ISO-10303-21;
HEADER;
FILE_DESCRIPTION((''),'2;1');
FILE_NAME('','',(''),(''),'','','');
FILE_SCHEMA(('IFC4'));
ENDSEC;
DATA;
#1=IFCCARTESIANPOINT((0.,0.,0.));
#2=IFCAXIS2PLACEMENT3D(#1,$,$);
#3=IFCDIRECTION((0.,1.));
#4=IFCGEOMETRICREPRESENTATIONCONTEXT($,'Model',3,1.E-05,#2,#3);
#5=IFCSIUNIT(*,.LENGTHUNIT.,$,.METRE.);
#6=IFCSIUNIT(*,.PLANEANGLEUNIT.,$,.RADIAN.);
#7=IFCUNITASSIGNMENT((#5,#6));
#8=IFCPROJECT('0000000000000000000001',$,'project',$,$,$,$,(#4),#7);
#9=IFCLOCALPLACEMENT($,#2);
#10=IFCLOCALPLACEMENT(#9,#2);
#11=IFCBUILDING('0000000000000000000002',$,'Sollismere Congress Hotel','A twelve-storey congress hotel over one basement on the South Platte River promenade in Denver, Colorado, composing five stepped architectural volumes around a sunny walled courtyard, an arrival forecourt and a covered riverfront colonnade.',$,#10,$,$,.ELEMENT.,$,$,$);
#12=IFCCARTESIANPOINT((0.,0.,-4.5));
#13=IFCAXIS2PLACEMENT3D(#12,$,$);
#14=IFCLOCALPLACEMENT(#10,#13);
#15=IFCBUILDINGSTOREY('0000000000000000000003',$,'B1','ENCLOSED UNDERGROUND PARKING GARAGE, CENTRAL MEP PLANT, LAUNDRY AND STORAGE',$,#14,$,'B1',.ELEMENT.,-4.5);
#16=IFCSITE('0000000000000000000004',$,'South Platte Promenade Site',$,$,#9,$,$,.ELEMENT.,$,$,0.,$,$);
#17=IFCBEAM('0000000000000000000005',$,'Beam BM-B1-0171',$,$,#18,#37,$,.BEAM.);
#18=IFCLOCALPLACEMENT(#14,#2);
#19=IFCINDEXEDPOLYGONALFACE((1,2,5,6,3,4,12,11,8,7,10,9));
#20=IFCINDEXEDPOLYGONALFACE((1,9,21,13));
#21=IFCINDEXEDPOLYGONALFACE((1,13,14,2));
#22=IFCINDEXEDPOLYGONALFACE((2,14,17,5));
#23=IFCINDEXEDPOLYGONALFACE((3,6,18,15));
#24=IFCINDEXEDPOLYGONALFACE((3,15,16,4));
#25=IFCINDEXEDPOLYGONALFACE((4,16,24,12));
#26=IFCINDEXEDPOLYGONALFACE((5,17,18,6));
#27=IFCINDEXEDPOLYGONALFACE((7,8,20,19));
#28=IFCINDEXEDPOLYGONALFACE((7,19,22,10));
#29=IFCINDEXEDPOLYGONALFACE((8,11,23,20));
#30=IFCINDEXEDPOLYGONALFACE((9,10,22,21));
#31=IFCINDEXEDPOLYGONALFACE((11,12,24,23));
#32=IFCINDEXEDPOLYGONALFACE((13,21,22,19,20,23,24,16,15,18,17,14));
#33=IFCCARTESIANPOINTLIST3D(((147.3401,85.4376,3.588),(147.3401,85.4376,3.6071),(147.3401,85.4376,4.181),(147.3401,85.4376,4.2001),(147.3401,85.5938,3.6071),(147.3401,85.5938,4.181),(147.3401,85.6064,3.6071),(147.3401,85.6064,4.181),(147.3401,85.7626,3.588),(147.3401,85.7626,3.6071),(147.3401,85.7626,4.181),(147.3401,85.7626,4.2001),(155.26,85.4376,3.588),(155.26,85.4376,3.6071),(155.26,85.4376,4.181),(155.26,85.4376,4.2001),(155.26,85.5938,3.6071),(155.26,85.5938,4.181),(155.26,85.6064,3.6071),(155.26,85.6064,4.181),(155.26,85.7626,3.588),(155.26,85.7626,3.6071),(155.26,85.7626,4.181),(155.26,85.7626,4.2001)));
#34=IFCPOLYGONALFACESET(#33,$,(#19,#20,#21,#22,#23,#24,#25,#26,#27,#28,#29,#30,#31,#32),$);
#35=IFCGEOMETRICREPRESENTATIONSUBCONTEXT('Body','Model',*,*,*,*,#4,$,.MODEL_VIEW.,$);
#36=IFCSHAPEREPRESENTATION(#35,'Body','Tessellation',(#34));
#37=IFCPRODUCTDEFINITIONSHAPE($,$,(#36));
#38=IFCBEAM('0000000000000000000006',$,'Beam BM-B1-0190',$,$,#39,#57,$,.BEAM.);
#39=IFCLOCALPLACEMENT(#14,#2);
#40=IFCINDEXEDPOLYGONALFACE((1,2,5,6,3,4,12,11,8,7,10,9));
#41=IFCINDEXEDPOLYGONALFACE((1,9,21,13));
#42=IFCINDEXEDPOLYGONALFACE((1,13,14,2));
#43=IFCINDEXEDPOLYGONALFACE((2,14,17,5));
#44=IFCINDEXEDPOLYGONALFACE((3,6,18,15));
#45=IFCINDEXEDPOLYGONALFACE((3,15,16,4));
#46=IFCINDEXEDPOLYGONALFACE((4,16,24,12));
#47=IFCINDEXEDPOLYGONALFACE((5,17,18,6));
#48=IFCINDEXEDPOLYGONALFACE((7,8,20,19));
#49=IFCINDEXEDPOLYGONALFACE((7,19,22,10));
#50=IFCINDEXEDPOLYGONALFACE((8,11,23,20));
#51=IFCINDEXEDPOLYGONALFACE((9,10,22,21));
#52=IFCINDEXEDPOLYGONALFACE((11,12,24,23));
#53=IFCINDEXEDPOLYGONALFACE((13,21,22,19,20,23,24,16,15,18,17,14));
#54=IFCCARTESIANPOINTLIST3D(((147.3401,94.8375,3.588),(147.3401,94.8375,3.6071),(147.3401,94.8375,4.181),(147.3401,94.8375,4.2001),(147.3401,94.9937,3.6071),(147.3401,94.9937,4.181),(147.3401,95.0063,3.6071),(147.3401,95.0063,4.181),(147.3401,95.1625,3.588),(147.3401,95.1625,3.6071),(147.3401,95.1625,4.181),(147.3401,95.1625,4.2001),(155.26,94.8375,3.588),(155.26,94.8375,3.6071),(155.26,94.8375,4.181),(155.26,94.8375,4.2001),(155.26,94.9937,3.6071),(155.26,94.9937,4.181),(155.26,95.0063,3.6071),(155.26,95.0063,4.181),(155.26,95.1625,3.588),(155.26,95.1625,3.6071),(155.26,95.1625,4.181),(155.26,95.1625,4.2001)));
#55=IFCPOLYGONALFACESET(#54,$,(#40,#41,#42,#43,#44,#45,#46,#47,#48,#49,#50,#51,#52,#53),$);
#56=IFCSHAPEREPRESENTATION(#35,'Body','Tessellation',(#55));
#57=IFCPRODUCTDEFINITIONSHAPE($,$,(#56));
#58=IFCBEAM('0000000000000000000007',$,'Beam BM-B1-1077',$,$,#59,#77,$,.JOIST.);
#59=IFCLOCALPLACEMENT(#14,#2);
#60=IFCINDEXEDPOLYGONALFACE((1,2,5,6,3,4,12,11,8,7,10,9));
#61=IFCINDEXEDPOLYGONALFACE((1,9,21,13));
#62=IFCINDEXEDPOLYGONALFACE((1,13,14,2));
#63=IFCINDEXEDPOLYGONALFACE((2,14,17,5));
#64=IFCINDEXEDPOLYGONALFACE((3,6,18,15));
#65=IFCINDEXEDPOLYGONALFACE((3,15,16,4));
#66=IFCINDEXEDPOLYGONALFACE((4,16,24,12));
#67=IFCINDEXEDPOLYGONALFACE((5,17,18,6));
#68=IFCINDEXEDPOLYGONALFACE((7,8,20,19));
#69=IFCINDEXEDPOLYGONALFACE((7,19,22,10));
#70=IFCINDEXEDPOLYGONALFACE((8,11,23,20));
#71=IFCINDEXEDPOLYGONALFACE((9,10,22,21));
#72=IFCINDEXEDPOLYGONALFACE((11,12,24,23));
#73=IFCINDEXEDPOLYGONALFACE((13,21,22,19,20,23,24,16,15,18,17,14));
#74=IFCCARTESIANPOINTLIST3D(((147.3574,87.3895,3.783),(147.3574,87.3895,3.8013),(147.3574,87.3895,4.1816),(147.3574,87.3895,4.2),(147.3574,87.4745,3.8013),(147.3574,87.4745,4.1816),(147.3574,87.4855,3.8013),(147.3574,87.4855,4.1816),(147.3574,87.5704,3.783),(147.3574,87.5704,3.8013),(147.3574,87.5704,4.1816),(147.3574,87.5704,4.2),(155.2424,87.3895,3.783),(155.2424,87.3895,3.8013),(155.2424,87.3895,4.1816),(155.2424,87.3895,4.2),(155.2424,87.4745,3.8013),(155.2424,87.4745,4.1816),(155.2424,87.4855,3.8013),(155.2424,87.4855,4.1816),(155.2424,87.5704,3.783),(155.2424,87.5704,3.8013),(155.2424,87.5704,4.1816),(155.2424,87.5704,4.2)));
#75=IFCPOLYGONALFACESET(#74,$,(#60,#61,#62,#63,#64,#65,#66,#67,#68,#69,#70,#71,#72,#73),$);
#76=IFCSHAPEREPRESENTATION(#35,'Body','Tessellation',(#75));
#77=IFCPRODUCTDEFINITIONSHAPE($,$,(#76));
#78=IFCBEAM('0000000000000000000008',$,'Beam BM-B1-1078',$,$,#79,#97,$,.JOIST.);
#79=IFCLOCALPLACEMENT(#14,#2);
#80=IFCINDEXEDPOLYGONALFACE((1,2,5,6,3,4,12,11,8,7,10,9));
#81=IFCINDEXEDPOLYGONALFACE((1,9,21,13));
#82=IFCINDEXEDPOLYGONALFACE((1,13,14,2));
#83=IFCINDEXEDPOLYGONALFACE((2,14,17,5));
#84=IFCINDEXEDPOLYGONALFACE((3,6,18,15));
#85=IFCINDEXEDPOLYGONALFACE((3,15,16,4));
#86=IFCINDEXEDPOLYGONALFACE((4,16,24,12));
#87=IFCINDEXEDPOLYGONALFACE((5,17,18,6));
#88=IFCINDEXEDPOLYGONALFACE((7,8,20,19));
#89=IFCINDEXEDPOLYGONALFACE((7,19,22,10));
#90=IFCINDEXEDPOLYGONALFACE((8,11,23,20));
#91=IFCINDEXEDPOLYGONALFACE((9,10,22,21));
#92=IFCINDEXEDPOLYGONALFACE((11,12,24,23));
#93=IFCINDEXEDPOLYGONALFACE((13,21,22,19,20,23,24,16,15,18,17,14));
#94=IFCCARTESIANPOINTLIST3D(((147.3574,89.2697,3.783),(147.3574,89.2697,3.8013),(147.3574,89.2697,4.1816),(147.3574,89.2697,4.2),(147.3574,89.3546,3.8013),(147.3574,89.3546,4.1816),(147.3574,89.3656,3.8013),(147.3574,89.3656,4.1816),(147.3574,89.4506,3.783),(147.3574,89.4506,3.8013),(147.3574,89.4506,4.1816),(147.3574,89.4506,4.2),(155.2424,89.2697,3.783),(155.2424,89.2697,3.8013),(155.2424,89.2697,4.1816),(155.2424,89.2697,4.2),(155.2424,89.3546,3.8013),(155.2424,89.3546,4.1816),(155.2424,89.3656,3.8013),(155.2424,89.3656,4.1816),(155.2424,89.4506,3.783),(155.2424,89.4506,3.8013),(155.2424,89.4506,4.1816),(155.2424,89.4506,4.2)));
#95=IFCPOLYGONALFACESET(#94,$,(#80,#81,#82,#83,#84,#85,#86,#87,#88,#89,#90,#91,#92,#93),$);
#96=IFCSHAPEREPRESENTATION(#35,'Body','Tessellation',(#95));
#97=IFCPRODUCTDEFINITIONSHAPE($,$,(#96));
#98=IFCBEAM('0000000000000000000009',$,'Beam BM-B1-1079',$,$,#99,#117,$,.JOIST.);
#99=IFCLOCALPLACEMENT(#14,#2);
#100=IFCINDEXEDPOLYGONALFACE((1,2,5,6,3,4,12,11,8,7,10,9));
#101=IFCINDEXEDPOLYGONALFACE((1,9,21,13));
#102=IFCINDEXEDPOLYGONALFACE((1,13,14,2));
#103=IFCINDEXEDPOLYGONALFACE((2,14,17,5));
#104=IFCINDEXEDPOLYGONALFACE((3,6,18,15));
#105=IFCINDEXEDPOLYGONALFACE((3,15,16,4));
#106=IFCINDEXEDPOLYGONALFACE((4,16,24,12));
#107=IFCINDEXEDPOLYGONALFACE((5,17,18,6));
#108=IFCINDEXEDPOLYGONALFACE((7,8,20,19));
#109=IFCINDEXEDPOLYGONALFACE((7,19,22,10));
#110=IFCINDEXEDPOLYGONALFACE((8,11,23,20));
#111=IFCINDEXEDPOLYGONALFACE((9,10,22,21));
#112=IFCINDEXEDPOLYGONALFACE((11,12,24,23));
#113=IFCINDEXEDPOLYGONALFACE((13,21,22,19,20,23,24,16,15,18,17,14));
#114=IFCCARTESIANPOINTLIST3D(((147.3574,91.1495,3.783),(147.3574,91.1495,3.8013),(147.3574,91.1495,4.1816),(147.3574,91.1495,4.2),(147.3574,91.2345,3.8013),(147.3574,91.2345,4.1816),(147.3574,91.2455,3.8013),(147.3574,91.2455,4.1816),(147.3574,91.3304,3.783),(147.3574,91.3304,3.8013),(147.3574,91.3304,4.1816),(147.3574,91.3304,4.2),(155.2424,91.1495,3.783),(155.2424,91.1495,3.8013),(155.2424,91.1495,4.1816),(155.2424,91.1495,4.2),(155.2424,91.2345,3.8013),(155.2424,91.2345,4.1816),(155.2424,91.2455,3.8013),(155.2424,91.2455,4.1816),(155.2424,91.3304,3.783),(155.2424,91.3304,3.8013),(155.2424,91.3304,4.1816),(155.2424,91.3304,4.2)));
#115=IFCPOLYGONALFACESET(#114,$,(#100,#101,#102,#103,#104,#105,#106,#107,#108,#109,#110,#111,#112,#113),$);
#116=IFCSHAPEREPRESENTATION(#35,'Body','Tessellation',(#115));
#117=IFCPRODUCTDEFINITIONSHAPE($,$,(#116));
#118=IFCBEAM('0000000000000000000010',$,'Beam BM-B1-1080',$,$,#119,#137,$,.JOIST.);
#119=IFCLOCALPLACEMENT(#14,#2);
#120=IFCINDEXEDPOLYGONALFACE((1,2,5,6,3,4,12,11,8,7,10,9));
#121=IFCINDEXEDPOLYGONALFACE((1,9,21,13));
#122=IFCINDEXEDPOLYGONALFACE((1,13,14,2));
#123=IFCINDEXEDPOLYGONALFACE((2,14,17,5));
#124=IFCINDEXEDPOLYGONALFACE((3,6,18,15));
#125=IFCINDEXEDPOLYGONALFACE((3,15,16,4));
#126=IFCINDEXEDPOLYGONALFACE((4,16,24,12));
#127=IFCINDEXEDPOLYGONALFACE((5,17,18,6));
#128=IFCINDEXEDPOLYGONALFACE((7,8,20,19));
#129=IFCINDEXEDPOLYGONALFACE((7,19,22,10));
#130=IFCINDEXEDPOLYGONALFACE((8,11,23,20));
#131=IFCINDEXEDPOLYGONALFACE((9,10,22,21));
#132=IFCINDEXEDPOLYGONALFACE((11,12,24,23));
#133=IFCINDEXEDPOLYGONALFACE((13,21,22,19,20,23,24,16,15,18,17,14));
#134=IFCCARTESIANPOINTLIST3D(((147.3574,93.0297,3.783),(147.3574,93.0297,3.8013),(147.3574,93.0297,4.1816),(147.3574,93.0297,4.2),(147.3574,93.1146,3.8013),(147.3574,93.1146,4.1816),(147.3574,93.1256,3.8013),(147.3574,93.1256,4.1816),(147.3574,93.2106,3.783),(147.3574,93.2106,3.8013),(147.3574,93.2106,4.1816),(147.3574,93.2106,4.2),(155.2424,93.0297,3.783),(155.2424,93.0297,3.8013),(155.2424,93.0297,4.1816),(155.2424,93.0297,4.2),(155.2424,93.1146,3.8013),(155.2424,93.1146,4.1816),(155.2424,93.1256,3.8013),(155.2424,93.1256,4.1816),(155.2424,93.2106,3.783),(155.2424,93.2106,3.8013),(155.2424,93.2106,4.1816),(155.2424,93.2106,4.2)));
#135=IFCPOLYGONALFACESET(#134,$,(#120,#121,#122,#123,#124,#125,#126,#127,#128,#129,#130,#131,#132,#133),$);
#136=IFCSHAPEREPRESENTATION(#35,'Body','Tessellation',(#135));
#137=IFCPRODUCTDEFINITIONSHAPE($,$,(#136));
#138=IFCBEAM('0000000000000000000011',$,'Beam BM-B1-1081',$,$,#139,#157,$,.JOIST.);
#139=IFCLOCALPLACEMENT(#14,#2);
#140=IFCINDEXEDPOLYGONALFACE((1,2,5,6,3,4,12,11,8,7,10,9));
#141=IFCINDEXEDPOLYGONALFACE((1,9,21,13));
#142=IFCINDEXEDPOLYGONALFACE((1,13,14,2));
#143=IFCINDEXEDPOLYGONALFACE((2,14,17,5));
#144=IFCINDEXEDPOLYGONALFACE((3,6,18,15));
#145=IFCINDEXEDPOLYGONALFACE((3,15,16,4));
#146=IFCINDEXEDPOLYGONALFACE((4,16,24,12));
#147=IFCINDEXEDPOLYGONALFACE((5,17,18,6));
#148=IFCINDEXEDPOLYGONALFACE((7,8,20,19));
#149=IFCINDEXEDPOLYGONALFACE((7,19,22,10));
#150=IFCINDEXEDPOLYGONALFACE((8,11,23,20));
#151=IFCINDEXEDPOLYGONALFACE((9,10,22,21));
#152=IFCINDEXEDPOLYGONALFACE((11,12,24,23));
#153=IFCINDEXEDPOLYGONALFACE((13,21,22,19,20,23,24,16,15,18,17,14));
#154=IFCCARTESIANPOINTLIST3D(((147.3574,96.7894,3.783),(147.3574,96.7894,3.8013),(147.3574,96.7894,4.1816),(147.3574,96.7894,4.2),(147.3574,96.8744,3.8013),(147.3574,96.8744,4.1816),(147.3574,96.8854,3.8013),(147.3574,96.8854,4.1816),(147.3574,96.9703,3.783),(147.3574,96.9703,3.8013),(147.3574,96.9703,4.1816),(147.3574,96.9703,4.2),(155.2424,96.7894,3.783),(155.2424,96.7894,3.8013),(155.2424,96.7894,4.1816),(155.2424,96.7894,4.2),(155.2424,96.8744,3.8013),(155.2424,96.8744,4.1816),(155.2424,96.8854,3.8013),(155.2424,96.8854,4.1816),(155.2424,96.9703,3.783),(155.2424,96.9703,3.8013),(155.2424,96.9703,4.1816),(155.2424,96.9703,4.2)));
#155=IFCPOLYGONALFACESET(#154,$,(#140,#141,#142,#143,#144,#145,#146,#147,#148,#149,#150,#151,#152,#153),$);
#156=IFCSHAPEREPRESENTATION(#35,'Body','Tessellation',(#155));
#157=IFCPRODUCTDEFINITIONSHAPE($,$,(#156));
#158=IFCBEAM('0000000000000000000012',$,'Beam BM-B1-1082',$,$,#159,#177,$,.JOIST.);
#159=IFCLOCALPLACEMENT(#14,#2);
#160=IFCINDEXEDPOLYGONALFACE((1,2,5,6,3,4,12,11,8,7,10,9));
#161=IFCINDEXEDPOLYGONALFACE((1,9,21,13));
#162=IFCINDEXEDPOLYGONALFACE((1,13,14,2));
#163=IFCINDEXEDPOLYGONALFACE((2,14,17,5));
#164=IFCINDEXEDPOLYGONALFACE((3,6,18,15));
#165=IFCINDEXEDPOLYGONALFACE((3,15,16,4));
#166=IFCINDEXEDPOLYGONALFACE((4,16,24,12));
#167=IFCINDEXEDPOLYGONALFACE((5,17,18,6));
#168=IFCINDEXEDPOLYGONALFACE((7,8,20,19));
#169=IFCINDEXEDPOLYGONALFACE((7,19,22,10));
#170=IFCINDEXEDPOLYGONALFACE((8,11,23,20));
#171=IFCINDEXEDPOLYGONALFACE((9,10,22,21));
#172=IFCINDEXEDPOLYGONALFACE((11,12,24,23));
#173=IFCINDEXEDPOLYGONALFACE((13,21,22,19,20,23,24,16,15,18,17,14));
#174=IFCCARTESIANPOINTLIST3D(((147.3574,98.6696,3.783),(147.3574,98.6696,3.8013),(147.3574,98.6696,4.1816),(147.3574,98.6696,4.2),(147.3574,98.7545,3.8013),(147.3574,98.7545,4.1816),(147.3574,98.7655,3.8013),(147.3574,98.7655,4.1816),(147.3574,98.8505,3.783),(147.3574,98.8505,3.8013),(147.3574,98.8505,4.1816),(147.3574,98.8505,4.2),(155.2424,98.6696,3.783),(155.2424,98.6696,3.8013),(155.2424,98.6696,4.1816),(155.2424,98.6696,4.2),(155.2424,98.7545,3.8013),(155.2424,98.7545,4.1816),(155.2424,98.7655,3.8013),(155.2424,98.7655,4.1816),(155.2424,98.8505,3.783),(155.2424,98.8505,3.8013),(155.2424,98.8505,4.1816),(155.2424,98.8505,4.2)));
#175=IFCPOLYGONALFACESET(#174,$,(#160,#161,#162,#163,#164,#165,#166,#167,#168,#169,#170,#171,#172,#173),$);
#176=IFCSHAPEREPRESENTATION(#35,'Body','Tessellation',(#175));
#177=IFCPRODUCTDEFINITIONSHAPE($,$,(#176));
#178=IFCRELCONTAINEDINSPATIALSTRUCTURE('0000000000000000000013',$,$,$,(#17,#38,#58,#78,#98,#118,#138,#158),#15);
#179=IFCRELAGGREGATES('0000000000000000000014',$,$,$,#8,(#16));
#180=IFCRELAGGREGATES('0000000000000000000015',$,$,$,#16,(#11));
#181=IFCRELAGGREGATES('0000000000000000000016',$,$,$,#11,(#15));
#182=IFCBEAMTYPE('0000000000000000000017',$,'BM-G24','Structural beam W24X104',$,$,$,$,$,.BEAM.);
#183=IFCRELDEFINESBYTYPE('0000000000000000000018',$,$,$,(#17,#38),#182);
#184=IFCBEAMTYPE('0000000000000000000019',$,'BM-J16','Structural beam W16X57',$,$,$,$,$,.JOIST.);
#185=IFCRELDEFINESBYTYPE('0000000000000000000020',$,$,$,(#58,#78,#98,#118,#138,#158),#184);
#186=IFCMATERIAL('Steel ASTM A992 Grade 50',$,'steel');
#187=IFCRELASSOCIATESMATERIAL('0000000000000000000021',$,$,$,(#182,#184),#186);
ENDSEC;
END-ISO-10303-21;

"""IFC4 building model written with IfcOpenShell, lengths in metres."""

from ifc_helpers import new_model, si_unit, direction, frame, origin, origin_2d, place, context, subcontext, project, spatial, i_section, extrude, material, material_profile, profile_set, type_object, element, save


model = new_model("IFC4")

# Units and contexts
model_context = context("Model", 3, precision=1e-05, world=origin(), true_north=direction((0.0, 1.0)))
body_context = subcontext(model_context, "Body", "Model", "MODEL_VIEW")
ifc_project = project(units=[si_unit("LENGTHUNIT", "METRE"), si_unit("PLANEANGLEUNIT", "RADIAN")], contexts=[model_context])

# Site, building, storey
site_placement = place(None, origin())
site = spatial("IfcSite", under=ifc_project, at=site_placement, Name="South Platte Promenade Site", CompositionType="ELEMENT", RefElevation=0.0)
building_placement = place(site_placement, origin())
building = spatial("IfcBuilding", under=site, at=building_placement, Name="Sollismere Congress Hotel", Description="A twelve-storey congress hotel over one basement on the South Platte River promenade in Denver, Colorado, composing five stepped architectural volumes around a sunny walled courtyard, an arrival forecourt and a covered riverfront colonnade.", CompositionType="ELEMENT")
storey_placement = place(building_placement, frame((0.0, 0.0, -4.5)))
storey = spatial("IfcBuildingStorey", under=building, at=storey_placement, Name="B1", Description="ENCLOSED UNDERGROUND PARKING GARAGE, CENTRAL MEP PLANT, LAUNDRY AND STORAGE", LongName="B1", CompositionType="ELEMENT", Elevation=-4.5)

# Beams
ifc_material_1 = material(Name="Steel ASTM A992 Grade 50", Category="steel")
ifc_material_profile_1 = material_profile(ifc_material_1, i_section(OverallWidth=0.325, OverallDepth=0.6121, WebThickness=0.0127, FlangeThickness=0.019, at=origin_2d()), Name="W24X104")
ifc_profile_set_1 = profile_set([ifc_material_profile_1], Name="Steel ASTM A992 Grade 50")
beam_type_1 = type_object("IfcBeamType", Name="BM-G24", Description="Structural beam W24X104", PredefinedType="BEAM", material=ifc_profile_set_1)
for number, where, z_axis, x_axis, name in (
    (1, (147.3401, 85.6001, 3.894), (1.0, 0.0, 0.0), (0.0, 1.0, 0.0), "Beam BM-B1-0171"),
    (2, (147.3401, 95.0, 3.894), (1.0, 0.0, 0.0), (0.0, 1.0, 0.0), "Beam BM-B1-0190"),
):
    element("IfcBeam", number, at=place(storey_placement, frame(where, z_axis=z_axis, x_axis=x_axis)), inside=storey, type_object=beam_type_1, Name=name, PredefinedType="BEAM", context=body_context, shape_type="SweptSolid", body=[
        extrude(i_section(OverallWidth=0.325, OverallDepth=0.6121, WebThickness=0.0127, FlangeThickness=0.019, at=origin_2d()), origin(), (0.0, 0.0, 1.0), 7.9199),
    ])
ifc_material_profile_2 = material_profile(ifc_material_1, i_section(OverallWidth=0.1809, OverallDepth=0.417, WebThickness=0.011, FlangeThickness=0.0183, at=origin_2d()), Name="W16X57")
ifc_profile_set_2 = profile_set([ifc_material_profile_2], Name="Steel ASTM A992 Grade 50")
beam_type_2 = type_object("IfcBeamType", Name="BM-J16", Description="Structural beam W16X57", PredefinedType="JOIST", material=ifc_profile_set_2)
for number, where, z_axis, x_axis, name in (
    (3, (147.3574, 87.48, 3.9915), (1.0, 0.0, 0.0), (0.0, 1.0, 0.0), "Beam BM-B1-1077"),
    (4, (147.3574, 89.3601, 3.9915), (1.0, 0.0, 0.0), (0.0, 1.0, 0.0), "Beam BM-B1-1078"),
    (5, (147.3574, 91.24, 3.9915), (1.0, 0.0, 0.0), (0.0, 1.0, 0.0), "Beam BM-B1-1079"),
    (6, (147.3574, 93.1201, 3.9915), (1.0, 0.0, 0.0), (0.0, 1.0, 0.0), "Beam BM-B1-1080"),
    (7, (147.3574, 96.8799, 3.9915), (1.0, 0.0, 0.0), (0.0, 1.0, 0.0), "Beam BM-B1-1081"),
    (8, (147.3574, 98.76, 3.9915), (1.0, 0.0, 0.0), (0.0, 1.0, 0.0), "Beam BM-B1-1082"),
):
    element("IfcBeam", number, at=place(storey_placement, frame(where, z_axis=z_axis, x_axis=x_axis)), inside=storey, type_object=beam_type_2, Name=name, PredefinedType="JOIST", context=body_context, shape_type="SweptSolid", body=[
        extrude(i_section(OverallWidth=0.1809, OverallDepth=0.417, WebThickness=0.011, FlangeThickness=0.0183, at=origin_2d()), origin(), (0.0, 0.0, 1.0), 7.885),
    ])

save(model, "model.ifc")
